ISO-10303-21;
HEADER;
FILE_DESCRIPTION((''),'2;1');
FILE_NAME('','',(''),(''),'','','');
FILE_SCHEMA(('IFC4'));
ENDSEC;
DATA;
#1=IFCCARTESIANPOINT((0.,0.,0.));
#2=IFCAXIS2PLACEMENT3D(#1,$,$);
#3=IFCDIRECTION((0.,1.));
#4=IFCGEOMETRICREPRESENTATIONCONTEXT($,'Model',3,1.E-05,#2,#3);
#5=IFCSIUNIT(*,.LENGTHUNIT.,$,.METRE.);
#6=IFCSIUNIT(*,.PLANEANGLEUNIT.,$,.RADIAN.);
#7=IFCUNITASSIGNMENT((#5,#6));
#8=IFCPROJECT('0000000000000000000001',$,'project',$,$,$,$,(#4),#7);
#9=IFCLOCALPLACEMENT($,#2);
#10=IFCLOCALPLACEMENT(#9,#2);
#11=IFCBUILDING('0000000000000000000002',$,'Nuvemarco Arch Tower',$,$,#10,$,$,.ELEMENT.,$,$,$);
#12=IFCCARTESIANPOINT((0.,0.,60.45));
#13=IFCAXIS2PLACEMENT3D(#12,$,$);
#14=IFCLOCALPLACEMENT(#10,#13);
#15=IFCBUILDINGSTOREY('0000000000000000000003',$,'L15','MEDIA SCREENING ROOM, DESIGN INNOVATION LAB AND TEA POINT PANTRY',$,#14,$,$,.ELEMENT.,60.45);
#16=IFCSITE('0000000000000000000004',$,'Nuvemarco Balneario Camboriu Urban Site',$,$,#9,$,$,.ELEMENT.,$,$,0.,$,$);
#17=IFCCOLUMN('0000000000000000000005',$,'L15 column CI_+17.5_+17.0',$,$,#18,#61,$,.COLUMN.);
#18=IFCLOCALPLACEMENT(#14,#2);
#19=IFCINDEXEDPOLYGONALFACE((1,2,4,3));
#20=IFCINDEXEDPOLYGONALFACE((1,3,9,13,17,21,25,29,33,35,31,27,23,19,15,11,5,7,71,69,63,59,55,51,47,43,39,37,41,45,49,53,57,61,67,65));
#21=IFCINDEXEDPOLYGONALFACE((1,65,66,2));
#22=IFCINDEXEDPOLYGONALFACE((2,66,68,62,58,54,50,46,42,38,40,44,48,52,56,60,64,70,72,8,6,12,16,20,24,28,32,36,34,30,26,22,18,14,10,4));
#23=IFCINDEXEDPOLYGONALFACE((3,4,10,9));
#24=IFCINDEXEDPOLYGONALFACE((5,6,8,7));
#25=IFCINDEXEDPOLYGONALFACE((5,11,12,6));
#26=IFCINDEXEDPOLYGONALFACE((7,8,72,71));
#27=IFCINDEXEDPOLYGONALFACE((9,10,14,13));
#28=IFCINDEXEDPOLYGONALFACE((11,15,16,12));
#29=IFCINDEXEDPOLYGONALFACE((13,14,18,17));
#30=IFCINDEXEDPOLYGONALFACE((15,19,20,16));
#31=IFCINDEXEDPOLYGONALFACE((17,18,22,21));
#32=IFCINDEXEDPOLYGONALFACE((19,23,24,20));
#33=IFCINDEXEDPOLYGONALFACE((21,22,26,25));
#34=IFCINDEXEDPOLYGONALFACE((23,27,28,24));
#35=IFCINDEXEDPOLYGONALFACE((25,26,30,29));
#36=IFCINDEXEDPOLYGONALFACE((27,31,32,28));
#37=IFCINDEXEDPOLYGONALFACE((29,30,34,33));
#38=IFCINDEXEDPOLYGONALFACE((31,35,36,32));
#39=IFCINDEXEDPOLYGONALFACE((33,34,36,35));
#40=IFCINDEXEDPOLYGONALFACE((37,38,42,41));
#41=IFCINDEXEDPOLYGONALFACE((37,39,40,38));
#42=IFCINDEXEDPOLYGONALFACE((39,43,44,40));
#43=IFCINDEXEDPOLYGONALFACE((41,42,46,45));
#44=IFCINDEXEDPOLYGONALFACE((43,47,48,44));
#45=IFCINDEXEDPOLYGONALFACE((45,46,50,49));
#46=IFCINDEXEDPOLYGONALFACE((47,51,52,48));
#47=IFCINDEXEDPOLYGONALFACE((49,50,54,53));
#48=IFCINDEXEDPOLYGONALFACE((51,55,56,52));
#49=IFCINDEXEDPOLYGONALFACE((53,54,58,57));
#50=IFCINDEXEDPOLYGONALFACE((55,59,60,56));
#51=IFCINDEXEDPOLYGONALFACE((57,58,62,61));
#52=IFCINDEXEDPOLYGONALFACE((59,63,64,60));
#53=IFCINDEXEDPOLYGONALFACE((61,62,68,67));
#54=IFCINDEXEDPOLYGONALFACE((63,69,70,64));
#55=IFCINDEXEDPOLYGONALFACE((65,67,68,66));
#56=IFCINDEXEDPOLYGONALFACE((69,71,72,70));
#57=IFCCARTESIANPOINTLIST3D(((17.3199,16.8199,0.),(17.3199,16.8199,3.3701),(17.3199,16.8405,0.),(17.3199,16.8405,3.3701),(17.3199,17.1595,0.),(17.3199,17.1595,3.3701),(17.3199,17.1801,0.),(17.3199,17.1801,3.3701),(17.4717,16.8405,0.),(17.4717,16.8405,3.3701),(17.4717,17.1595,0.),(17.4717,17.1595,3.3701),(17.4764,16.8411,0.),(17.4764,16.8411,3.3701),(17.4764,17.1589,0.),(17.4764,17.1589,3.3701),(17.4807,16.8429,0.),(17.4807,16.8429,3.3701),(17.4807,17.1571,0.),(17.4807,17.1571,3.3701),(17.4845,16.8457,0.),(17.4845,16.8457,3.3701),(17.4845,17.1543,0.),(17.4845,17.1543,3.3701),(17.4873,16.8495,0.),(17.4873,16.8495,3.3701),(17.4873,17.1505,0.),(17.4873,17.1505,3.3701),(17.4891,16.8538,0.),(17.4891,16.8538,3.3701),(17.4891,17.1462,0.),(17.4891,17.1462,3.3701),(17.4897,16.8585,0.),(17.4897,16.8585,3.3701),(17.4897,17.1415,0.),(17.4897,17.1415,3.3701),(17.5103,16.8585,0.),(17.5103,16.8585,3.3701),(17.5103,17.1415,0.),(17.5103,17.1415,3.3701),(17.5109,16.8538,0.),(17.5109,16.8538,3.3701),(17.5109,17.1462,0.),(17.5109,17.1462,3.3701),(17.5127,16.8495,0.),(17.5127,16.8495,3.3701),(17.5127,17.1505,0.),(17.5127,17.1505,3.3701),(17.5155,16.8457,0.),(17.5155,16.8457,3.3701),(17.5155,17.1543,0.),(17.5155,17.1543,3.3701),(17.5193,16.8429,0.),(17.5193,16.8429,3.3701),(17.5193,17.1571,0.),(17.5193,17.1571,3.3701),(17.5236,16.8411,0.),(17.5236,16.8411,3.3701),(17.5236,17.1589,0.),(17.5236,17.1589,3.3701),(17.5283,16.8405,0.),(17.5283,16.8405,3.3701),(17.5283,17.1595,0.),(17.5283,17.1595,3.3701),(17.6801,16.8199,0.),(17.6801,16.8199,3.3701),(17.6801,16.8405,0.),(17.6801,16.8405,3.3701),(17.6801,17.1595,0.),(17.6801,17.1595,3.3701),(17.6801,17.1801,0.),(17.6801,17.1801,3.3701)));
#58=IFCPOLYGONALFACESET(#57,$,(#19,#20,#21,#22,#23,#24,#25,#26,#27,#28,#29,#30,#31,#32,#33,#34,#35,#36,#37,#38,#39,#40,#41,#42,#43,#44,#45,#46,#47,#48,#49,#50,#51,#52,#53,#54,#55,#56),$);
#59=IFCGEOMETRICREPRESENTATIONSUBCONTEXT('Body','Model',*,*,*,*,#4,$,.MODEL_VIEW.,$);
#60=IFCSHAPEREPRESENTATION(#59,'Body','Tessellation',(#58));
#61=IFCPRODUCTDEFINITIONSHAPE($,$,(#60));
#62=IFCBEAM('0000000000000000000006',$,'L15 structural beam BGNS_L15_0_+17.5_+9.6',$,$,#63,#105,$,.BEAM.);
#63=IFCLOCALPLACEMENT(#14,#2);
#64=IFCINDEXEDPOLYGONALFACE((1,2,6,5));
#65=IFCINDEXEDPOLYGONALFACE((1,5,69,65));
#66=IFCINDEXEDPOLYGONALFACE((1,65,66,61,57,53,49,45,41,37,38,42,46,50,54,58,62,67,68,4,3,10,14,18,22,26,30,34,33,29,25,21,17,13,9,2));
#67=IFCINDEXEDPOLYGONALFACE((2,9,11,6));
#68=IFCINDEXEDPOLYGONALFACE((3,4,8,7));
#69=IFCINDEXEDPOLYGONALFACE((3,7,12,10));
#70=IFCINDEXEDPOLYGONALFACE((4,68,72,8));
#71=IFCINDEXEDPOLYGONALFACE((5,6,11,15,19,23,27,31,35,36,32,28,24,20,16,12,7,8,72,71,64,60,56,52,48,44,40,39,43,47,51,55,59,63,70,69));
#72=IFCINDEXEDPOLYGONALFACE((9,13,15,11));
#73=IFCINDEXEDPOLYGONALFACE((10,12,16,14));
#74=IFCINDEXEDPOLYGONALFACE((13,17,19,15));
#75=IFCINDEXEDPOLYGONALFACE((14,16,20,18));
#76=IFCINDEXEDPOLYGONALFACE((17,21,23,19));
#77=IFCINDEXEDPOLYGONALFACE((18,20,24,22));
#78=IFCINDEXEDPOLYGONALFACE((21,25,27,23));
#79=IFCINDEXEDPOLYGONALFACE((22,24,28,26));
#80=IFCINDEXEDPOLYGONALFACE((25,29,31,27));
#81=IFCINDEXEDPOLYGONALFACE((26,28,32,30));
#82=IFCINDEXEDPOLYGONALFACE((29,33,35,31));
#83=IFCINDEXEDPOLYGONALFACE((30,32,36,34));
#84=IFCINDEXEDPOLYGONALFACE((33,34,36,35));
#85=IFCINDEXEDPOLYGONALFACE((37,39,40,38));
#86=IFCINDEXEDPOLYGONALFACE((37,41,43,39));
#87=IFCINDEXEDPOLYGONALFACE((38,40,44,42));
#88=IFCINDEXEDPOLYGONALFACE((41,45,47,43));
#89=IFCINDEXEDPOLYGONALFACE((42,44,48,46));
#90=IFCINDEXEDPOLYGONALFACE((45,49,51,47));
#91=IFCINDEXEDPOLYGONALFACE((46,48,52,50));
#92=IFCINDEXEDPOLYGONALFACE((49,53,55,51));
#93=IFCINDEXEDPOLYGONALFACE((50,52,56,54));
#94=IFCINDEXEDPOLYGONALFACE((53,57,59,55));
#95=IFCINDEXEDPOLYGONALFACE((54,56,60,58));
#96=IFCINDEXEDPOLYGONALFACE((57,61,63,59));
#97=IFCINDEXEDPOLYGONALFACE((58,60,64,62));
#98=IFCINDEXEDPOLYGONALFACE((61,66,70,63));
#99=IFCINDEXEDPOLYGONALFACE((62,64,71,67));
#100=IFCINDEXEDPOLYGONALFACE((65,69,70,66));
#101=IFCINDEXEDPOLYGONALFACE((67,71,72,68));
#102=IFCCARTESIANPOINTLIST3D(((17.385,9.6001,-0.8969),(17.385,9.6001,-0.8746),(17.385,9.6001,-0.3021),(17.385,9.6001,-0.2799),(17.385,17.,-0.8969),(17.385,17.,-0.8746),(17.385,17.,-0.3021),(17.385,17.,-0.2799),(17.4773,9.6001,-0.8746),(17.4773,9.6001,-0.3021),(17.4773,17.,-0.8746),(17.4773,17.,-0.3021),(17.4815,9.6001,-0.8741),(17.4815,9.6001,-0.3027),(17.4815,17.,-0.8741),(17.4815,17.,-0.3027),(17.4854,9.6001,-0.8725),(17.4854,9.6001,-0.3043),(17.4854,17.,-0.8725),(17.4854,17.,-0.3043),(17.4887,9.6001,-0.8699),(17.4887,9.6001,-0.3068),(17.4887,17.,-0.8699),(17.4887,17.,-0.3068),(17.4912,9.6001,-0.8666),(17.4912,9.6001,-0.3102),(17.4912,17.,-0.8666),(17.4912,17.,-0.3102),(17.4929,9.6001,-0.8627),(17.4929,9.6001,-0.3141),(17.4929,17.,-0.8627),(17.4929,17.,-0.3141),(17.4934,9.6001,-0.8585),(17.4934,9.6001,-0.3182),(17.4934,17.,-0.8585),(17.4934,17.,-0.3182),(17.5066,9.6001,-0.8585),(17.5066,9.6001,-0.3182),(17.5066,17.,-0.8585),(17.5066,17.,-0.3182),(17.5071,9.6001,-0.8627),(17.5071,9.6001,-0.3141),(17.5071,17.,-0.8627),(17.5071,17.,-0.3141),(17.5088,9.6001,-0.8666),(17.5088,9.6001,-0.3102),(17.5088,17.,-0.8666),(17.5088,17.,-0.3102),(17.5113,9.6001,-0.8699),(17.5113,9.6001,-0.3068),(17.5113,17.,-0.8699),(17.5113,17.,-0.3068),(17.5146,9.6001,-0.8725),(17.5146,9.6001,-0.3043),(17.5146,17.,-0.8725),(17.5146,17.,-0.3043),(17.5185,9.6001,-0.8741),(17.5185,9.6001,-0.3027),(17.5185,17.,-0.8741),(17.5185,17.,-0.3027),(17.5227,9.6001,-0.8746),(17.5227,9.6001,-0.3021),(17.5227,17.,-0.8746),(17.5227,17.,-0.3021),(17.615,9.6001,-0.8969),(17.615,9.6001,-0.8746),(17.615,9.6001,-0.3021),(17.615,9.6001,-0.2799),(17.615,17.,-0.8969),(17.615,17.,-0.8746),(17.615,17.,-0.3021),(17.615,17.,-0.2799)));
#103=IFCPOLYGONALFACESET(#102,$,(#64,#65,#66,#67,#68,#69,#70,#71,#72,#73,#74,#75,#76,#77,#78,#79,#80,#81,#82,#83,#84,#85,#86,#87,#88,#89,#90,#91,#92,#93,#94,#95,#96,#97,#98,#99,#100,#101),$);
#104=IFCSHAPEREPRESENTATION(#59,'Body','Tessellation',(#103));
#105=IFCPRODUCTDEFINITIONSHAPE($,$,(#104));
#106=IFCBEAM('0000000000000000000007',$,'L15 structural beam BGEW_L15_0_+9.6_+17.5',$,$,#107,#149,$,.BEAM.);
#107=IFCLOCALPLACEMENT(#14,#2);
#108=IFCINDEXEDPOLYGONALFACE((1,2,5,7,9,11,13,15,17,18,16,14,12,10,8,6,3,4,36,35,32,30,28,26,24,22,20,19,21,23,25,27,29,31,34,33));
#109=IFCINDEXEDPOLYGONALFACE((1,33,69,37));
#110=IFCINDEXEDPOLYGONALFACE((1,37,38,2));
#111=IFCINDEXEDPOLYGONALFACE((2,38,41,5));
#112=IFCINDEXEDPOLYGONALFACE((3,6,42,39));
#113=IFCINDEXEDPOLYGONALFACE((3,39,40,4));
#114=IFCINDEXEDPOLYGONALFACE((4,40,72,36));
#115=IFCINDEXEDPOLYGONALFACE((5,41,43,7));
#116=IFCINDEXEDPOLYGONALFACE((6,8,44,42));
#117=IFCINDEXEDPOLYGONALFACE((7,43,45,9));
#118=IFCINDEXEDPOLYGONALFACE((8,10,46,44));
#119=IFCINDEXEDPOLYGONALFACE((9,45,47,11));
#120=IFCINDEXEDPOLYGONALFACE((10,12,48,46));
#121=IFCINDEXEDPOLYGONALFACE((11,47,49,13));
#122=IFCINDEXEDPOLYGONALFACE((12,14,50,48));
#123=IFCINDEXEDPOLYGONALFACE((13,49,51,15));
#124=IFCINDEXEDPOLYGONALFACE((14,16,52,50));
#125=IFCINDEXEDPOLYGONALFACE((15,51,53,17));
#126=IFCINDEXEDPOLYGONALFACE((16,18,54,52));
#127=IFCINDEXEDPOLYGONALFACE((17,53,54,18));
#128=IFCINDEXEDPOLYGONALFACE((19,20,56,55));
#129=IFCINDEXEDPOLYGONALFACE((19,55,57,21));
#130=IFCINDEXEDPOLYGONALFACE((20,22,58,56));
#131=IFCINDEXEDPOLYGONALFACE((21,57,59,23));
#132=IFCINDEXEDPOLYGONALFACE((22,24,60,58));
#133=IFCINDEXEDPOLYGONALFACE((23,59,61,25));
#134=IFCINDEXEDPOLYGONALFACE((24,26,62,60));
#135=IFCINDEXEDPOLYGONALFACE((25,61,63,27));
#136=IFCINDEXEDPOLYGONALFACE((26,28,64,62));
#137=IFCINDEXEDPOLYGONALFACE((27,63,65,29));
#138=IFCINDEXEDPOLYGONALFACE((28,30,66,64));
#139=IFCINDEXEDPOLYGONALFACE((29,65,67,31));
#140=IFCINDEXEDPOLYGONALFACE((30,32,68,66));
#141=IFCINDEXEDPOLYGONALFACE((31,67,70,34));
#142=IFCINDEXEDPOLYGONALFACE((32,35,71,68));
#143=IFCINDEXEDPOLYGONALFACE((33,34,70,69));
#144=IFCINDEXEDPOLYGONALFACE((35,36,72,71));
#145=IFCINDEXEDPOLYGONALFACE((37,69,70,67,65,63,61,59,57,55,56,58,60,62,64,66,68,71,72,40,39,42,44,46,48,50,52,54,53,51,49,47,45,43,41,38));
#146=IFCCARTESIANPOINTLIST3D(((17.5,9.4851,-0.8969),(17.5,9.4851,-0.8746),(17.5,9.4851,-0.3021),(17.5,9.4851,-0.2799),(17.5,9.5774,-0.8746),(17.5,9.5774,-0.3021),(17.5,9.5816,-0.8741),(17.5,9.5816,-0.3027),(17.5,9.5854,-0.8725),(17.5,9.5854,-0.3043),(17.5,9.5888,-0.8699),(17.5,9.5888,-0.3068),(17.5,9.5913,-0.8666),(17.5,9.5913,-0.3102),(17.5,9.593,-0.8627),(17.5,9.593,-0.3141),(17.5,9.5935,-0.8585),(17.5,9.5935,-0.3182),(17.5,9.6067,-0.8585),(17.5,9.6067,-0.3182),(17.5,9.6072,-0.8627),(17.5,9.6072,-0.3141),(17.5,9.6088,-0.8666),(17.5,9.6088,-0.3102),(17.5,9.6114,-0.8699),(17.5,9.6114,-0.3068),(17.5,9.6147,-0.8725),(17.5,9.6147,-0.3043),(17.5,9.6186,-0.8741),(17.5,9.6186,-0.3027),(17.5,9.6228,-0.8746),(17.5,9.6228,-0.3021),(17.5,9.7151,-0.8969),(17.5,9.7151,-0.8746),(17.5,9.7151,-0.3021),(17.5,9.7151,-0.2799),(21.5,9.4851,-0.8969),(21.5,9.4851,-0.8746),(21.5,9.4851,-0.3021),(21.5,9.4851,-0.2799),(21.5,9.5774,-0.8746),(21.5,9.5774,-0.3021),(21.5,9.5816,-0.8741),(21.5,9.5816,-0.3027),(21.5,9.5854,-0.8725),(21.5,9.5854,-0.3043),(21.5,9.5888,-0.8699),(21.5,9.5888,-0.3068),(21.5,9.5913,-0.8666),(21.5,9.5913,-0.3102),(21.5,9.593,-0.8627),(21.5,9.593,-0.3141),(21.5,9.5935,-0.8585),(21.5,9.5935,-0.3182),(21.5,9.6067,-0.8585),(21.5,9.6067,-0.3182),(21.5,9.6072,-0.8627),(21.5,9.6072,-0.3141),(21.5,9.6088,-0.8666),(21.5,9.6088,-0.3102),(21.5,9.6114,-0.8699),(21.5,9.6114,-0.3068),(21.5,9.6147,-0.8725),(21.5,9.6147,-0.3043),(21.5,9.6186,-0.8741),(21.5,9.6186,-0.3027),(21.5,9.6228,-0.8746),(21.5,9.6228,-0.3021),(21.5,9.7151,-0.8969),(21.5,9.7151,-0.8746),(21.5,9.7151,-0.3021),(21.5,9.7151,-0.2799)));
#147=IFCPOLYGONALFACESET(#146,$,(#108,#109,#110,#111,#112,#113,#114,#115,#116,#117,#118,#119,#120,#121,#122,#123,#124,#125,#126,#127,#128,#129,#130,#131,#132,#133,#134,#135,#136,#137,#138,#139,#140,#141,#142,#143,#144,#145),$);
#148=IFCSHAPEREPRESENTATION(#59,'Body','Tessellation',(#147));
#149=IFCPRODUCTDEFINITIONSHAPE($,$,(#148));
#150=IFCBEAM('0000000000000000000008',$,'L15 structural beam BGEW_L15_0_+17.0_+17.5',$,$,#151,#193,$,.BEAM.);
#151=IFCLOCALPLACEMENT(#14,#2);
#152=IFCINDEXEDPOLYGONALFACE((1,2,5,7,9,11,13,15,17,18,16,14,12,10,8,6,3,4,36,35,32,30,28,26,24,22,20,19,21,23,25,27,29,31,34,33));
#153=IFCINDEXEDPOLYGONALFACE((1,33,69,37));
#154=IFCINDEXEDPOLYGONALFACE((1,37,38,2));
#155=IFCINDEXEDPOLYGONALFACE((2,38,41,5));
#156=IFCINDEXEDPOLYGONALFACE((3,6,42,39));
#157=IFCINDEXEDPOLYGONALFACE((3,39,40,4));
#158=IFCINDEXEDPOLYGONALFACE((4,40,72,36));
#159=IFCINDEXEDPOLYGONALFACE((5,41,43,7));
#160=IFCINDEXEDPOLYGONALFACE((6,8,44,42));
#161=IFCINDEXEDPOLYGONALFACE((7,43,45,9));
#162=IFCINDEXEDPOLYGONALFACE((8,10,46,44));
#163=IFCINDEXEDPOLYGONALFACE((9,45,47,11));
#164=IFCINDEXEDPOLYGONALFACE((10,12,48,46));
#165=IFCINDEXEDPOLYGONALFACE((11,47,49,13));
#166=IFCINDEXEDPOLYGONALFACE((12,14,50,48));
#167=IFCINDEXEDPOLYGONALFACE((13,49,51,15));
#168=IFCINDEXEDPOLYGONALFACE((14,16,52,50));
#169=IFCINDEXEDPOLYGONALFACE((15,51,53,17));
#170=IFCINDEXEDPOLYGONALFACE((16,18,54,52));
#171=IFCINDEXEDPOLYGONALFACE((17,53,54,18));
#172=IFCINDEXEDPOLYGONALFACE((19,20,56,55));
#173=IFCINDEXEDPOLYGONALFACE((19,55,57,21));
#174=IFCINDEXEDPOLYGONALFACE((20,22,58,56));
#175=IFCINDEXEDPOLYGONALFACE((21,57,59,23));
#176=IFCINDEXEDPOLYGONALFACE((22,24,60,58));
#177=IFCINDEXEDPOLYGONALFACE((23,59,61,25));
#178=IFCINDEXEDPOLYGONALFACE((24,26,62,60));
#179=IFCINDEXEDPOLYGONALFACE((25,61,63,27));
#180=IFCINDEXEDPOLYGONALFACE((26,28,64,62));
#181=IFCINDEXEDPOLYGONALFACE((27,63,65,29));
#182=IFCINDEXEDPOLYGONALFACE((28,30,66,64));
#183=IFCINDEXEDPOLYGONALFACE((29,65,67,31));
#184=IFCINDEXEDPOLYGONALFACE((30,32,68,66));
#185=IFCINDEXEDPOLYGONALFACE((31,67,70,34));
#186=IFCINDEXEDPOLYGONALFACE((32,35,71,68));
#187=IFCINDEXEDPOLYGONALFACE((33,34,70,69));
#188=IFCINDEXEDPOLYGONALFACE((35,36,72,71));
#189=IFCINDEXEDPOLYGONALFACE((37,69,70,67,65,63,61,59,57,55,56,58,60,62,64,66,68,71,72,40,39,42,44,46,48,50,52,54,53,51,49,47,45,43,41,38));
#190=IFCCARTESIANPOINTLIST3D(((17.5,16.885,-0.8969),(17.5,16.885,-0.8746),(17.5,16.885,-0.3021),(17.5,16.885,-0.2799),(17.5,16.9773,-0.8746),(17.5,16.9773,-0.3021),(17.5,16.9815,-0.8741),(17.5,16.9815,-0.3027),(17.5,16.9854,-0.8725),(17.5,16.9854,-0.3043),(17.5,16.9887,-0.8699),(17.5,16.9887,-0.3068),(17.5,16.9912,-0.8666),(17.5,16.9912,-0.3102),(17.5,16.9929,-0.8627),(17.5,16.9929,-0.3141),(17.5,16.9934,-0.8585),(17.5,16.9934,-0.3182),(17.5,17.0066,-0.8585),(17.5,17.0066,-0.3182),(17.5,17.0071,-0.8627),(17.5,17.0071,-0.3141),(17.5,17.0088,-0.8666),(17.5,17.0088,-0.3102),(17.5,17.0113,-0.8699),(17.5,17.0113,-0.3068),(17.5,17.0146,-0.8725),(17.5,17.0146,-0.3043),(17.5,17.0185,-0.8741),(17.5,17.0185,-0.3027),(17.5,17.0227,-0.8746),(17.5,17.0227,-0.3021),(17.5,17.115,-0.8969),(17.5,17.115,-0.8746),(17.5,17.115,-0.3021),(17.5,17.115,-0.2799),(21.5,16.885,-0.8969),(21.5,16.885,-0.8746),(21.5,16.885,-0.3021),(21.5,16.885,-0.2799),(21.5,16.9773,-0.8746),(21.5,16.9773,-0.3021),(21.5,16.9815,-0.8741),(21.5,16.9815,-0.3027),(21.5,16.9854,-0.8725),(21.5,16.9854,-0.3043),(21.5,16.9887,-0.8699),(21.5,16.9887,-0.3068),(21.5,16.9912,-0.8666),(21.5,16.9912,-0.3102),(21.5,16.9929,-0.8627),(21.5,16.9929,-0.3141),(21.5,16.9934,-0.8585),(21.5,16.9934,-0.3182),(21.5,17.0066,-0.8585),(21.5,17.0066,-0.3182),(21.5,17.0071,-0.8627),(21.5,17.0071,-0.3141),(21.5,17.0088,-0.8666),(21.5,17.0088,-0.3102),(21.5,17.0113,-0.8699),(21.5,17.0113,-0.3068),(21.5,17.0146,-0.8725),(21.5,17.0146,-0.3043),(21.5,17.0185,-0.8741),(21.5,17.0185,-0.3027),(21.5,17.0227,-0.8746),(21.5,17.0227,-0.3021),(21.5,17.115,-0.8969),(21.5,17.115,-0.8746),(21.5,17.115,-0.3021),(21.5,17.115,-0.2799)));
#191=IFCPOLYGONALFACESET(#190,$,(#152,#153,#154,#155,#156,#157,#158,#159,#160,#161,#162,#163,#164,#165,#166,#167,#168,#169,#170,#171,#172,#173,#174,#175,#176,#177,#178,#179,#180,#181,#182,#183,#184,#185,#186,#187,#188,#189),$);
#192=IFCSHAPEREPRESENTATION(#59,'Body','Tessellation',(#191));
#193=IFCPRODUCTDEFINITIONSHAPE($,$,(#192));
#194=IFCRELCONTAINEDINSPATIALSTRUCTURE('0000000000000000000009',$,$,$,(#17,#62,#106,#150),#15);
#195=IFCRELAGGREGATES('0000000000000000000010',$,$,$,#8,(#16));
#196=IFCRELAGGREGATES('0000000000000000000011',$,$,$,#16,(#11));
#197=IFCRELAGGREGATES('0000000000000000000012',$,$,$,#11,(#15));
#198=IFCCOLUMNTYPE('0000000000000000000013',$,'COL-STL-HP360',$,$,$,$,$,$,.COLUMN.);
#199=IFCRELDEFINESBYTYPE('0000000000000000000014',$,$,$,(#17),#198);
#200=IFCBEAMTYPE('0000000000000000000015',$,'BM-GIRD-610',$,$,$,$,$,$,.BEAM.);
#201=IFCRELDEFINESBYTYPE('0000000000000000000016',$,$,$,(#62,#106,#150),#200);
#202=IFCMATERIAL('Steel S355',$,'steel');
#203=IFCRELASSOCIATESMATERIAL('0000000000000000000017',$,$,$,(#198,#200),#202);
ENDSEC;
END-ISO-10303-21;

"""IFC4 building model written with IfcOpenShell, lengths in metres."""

from ifc_helpers import new_model, si_unit, direction, frame, origin, origin_2d, place, context, subcontext, project, spatial, i_section, extrude, material, material_profile, profile_set, type_object, element, save


model = new_model("IFC4")

# Units and contexts
model_context = context("Model", 3, precision=1e-05, world=origin(), true_north=direction((0.0, 1.0)))
body_context = subcontext(model_context, "Body", "Model", "MODEL_VIEW")
ifc_project = project(units=[si_unit("LENGTHUNIT", "METRE"), si_unit("PLANEANGLEUNIT", "RADIAN")], contexts=[model_context])

# Site, building, storey
site_placement = place(None, origin())
site = spatial("IfcSite", under=ifc_project, at=site_placement, Name="Nuvemarco Balneario Camboriu Urban Site", CompositionType="ELEMENT", RefElevation=0.0)
building_placement = place(site_placement, origin())
building = spatial("IfcBuilding", under=site, at=building_placement, Name="Nuvemarco Arch Tower", CompositionType="ELEMENT")
storey_placement = place(building_placement, frame((0.0, 0.0, 60.45)))
storey = spatial("IfcBuildingStorey", under=building, at=storey_placement, Name="L15", Description="MEDIA SCREENING ROOM, DESIGN INNOVATION LAB AND TEA POINT PANTRY", CompositionType="ELEMENT", Elevation=60.45)

# Column
ifc_material_1 = material(Name="Steel S355", Category="steel")
ifc_material_profile_1 = material_profile(ifc_material_1, i_section(OverallWidth=0.3601, OverallDepth=0.3601, WebThickness=0.0205, FlangeThickness=0.0205, FilletRadius=0.0181, at=origin_2d()), Name="HP360x174")
ifc_profile_set_1 = profile_set([ifc_material_profile_1], Name="Steel S355")
column_type_1 = type_object("IfcColumnType", Name="COL-STL-HP360", PredefinedType="COLUMN", material=ifc_profile_set_1)
column_1_placement = place(storey_placement, frame((17.5, 17.0, 0.0), z_axis=(0.0, 0.0, 1.0), x_axis=(1.0, 0.0, 0.0)))
element("IfcColumn", 1, at=column_1_placement, inside=storey, type_object=column_type_1, Name="L15 column CI_+17.5_+17.0", PredefinedType="COLUMN", context=body_context, shape_type="SweptSolid", body=[
    extrude(i_section(OverallWidth=0.3601, OverallDepth=0.3601, WebThickness=0.0205, FlangeThickness=0.0205, FilletRadius=0.0181, at=origin_2d()), origin(), (0.0, 0.0, 1.0), 3.3701),
])

# Beams
ifc_material_profile_2 = material_profile(ifc_material_1, i_section(OverallWidth=0.23, OverallDepth=0.6169, WebThickness=0.0132, FlangeThickness=0.0222, FilletRadius=0.0161, at=origin_2d()), Name="W610x140")
ifc_profile_set_2 = profile_set([ifc_material_profile_2], Name="Steel S355")
beam_type_1 = type_object("IfcBeamType", Name="BM-GIRD-610", PredefinedType="BEAM", material=ifc_profile_set_2)
beam_1_placement = place(storey_placement, frame((17.5, 9.6001, -0.5884), z_axis=(0.0, 1.0, 0.0), x_axis=(-1.0, 0.0, 0.0)))
element("IfcBeam", 2, at=beam_1_placement, inside=storey, type_object=beam_type_1, Name="L15 structural beam BGNS_L15_0_+17.5_+9.6", PredefinedType="BEAM", context=body_context, shape_type="SweptSolid", body=[
    extrude(i_section(OverallWidth=0.23, OverallDepth=0.6169, WebThickness=0.0132, FlangeThickness=0.0222, FilletRadius=0.0161, at=origin_2d()), origin(), (0.0, 0.0, 1.0), 7.3999),
])
for number, where, z_axis, x_axis, name in (
    (3, (17.5, 9.6001, -0.5884), (1.0, 0.0, 0.0), (0.0, 1.0, 0.0), "L15 structural beam BGEW_L15_0_+9.6_+17.5"),
    (4, (17.5, 17.0, -0.5884), (1.0, 0.0, 0.0), (0.0, 1.0, 0.0), "L15 structural beam BGEW_L15_0_+17.0_+17.5"),
):
    element("IfcBeam", number, at=place(storey_placement, frame(where, z_axis=z_axis, x_axis=x_axis)), inside=storey, type_object=beam_type_1, Name=name, PredefinedType="BEAM", context=body_context, shape_type="SweptSolid", body=[
        extrude(i_section(OverallWidth=0.23, OverallDepth=0.6169, WebThickness=0.0132, FlangeThickness=0.0222, FilletRadius=0.0161, at=origin_2d()), origin(), (0.0, 0.0, 1.0), 4.0),
    ])

save(model, "model.ifc")
